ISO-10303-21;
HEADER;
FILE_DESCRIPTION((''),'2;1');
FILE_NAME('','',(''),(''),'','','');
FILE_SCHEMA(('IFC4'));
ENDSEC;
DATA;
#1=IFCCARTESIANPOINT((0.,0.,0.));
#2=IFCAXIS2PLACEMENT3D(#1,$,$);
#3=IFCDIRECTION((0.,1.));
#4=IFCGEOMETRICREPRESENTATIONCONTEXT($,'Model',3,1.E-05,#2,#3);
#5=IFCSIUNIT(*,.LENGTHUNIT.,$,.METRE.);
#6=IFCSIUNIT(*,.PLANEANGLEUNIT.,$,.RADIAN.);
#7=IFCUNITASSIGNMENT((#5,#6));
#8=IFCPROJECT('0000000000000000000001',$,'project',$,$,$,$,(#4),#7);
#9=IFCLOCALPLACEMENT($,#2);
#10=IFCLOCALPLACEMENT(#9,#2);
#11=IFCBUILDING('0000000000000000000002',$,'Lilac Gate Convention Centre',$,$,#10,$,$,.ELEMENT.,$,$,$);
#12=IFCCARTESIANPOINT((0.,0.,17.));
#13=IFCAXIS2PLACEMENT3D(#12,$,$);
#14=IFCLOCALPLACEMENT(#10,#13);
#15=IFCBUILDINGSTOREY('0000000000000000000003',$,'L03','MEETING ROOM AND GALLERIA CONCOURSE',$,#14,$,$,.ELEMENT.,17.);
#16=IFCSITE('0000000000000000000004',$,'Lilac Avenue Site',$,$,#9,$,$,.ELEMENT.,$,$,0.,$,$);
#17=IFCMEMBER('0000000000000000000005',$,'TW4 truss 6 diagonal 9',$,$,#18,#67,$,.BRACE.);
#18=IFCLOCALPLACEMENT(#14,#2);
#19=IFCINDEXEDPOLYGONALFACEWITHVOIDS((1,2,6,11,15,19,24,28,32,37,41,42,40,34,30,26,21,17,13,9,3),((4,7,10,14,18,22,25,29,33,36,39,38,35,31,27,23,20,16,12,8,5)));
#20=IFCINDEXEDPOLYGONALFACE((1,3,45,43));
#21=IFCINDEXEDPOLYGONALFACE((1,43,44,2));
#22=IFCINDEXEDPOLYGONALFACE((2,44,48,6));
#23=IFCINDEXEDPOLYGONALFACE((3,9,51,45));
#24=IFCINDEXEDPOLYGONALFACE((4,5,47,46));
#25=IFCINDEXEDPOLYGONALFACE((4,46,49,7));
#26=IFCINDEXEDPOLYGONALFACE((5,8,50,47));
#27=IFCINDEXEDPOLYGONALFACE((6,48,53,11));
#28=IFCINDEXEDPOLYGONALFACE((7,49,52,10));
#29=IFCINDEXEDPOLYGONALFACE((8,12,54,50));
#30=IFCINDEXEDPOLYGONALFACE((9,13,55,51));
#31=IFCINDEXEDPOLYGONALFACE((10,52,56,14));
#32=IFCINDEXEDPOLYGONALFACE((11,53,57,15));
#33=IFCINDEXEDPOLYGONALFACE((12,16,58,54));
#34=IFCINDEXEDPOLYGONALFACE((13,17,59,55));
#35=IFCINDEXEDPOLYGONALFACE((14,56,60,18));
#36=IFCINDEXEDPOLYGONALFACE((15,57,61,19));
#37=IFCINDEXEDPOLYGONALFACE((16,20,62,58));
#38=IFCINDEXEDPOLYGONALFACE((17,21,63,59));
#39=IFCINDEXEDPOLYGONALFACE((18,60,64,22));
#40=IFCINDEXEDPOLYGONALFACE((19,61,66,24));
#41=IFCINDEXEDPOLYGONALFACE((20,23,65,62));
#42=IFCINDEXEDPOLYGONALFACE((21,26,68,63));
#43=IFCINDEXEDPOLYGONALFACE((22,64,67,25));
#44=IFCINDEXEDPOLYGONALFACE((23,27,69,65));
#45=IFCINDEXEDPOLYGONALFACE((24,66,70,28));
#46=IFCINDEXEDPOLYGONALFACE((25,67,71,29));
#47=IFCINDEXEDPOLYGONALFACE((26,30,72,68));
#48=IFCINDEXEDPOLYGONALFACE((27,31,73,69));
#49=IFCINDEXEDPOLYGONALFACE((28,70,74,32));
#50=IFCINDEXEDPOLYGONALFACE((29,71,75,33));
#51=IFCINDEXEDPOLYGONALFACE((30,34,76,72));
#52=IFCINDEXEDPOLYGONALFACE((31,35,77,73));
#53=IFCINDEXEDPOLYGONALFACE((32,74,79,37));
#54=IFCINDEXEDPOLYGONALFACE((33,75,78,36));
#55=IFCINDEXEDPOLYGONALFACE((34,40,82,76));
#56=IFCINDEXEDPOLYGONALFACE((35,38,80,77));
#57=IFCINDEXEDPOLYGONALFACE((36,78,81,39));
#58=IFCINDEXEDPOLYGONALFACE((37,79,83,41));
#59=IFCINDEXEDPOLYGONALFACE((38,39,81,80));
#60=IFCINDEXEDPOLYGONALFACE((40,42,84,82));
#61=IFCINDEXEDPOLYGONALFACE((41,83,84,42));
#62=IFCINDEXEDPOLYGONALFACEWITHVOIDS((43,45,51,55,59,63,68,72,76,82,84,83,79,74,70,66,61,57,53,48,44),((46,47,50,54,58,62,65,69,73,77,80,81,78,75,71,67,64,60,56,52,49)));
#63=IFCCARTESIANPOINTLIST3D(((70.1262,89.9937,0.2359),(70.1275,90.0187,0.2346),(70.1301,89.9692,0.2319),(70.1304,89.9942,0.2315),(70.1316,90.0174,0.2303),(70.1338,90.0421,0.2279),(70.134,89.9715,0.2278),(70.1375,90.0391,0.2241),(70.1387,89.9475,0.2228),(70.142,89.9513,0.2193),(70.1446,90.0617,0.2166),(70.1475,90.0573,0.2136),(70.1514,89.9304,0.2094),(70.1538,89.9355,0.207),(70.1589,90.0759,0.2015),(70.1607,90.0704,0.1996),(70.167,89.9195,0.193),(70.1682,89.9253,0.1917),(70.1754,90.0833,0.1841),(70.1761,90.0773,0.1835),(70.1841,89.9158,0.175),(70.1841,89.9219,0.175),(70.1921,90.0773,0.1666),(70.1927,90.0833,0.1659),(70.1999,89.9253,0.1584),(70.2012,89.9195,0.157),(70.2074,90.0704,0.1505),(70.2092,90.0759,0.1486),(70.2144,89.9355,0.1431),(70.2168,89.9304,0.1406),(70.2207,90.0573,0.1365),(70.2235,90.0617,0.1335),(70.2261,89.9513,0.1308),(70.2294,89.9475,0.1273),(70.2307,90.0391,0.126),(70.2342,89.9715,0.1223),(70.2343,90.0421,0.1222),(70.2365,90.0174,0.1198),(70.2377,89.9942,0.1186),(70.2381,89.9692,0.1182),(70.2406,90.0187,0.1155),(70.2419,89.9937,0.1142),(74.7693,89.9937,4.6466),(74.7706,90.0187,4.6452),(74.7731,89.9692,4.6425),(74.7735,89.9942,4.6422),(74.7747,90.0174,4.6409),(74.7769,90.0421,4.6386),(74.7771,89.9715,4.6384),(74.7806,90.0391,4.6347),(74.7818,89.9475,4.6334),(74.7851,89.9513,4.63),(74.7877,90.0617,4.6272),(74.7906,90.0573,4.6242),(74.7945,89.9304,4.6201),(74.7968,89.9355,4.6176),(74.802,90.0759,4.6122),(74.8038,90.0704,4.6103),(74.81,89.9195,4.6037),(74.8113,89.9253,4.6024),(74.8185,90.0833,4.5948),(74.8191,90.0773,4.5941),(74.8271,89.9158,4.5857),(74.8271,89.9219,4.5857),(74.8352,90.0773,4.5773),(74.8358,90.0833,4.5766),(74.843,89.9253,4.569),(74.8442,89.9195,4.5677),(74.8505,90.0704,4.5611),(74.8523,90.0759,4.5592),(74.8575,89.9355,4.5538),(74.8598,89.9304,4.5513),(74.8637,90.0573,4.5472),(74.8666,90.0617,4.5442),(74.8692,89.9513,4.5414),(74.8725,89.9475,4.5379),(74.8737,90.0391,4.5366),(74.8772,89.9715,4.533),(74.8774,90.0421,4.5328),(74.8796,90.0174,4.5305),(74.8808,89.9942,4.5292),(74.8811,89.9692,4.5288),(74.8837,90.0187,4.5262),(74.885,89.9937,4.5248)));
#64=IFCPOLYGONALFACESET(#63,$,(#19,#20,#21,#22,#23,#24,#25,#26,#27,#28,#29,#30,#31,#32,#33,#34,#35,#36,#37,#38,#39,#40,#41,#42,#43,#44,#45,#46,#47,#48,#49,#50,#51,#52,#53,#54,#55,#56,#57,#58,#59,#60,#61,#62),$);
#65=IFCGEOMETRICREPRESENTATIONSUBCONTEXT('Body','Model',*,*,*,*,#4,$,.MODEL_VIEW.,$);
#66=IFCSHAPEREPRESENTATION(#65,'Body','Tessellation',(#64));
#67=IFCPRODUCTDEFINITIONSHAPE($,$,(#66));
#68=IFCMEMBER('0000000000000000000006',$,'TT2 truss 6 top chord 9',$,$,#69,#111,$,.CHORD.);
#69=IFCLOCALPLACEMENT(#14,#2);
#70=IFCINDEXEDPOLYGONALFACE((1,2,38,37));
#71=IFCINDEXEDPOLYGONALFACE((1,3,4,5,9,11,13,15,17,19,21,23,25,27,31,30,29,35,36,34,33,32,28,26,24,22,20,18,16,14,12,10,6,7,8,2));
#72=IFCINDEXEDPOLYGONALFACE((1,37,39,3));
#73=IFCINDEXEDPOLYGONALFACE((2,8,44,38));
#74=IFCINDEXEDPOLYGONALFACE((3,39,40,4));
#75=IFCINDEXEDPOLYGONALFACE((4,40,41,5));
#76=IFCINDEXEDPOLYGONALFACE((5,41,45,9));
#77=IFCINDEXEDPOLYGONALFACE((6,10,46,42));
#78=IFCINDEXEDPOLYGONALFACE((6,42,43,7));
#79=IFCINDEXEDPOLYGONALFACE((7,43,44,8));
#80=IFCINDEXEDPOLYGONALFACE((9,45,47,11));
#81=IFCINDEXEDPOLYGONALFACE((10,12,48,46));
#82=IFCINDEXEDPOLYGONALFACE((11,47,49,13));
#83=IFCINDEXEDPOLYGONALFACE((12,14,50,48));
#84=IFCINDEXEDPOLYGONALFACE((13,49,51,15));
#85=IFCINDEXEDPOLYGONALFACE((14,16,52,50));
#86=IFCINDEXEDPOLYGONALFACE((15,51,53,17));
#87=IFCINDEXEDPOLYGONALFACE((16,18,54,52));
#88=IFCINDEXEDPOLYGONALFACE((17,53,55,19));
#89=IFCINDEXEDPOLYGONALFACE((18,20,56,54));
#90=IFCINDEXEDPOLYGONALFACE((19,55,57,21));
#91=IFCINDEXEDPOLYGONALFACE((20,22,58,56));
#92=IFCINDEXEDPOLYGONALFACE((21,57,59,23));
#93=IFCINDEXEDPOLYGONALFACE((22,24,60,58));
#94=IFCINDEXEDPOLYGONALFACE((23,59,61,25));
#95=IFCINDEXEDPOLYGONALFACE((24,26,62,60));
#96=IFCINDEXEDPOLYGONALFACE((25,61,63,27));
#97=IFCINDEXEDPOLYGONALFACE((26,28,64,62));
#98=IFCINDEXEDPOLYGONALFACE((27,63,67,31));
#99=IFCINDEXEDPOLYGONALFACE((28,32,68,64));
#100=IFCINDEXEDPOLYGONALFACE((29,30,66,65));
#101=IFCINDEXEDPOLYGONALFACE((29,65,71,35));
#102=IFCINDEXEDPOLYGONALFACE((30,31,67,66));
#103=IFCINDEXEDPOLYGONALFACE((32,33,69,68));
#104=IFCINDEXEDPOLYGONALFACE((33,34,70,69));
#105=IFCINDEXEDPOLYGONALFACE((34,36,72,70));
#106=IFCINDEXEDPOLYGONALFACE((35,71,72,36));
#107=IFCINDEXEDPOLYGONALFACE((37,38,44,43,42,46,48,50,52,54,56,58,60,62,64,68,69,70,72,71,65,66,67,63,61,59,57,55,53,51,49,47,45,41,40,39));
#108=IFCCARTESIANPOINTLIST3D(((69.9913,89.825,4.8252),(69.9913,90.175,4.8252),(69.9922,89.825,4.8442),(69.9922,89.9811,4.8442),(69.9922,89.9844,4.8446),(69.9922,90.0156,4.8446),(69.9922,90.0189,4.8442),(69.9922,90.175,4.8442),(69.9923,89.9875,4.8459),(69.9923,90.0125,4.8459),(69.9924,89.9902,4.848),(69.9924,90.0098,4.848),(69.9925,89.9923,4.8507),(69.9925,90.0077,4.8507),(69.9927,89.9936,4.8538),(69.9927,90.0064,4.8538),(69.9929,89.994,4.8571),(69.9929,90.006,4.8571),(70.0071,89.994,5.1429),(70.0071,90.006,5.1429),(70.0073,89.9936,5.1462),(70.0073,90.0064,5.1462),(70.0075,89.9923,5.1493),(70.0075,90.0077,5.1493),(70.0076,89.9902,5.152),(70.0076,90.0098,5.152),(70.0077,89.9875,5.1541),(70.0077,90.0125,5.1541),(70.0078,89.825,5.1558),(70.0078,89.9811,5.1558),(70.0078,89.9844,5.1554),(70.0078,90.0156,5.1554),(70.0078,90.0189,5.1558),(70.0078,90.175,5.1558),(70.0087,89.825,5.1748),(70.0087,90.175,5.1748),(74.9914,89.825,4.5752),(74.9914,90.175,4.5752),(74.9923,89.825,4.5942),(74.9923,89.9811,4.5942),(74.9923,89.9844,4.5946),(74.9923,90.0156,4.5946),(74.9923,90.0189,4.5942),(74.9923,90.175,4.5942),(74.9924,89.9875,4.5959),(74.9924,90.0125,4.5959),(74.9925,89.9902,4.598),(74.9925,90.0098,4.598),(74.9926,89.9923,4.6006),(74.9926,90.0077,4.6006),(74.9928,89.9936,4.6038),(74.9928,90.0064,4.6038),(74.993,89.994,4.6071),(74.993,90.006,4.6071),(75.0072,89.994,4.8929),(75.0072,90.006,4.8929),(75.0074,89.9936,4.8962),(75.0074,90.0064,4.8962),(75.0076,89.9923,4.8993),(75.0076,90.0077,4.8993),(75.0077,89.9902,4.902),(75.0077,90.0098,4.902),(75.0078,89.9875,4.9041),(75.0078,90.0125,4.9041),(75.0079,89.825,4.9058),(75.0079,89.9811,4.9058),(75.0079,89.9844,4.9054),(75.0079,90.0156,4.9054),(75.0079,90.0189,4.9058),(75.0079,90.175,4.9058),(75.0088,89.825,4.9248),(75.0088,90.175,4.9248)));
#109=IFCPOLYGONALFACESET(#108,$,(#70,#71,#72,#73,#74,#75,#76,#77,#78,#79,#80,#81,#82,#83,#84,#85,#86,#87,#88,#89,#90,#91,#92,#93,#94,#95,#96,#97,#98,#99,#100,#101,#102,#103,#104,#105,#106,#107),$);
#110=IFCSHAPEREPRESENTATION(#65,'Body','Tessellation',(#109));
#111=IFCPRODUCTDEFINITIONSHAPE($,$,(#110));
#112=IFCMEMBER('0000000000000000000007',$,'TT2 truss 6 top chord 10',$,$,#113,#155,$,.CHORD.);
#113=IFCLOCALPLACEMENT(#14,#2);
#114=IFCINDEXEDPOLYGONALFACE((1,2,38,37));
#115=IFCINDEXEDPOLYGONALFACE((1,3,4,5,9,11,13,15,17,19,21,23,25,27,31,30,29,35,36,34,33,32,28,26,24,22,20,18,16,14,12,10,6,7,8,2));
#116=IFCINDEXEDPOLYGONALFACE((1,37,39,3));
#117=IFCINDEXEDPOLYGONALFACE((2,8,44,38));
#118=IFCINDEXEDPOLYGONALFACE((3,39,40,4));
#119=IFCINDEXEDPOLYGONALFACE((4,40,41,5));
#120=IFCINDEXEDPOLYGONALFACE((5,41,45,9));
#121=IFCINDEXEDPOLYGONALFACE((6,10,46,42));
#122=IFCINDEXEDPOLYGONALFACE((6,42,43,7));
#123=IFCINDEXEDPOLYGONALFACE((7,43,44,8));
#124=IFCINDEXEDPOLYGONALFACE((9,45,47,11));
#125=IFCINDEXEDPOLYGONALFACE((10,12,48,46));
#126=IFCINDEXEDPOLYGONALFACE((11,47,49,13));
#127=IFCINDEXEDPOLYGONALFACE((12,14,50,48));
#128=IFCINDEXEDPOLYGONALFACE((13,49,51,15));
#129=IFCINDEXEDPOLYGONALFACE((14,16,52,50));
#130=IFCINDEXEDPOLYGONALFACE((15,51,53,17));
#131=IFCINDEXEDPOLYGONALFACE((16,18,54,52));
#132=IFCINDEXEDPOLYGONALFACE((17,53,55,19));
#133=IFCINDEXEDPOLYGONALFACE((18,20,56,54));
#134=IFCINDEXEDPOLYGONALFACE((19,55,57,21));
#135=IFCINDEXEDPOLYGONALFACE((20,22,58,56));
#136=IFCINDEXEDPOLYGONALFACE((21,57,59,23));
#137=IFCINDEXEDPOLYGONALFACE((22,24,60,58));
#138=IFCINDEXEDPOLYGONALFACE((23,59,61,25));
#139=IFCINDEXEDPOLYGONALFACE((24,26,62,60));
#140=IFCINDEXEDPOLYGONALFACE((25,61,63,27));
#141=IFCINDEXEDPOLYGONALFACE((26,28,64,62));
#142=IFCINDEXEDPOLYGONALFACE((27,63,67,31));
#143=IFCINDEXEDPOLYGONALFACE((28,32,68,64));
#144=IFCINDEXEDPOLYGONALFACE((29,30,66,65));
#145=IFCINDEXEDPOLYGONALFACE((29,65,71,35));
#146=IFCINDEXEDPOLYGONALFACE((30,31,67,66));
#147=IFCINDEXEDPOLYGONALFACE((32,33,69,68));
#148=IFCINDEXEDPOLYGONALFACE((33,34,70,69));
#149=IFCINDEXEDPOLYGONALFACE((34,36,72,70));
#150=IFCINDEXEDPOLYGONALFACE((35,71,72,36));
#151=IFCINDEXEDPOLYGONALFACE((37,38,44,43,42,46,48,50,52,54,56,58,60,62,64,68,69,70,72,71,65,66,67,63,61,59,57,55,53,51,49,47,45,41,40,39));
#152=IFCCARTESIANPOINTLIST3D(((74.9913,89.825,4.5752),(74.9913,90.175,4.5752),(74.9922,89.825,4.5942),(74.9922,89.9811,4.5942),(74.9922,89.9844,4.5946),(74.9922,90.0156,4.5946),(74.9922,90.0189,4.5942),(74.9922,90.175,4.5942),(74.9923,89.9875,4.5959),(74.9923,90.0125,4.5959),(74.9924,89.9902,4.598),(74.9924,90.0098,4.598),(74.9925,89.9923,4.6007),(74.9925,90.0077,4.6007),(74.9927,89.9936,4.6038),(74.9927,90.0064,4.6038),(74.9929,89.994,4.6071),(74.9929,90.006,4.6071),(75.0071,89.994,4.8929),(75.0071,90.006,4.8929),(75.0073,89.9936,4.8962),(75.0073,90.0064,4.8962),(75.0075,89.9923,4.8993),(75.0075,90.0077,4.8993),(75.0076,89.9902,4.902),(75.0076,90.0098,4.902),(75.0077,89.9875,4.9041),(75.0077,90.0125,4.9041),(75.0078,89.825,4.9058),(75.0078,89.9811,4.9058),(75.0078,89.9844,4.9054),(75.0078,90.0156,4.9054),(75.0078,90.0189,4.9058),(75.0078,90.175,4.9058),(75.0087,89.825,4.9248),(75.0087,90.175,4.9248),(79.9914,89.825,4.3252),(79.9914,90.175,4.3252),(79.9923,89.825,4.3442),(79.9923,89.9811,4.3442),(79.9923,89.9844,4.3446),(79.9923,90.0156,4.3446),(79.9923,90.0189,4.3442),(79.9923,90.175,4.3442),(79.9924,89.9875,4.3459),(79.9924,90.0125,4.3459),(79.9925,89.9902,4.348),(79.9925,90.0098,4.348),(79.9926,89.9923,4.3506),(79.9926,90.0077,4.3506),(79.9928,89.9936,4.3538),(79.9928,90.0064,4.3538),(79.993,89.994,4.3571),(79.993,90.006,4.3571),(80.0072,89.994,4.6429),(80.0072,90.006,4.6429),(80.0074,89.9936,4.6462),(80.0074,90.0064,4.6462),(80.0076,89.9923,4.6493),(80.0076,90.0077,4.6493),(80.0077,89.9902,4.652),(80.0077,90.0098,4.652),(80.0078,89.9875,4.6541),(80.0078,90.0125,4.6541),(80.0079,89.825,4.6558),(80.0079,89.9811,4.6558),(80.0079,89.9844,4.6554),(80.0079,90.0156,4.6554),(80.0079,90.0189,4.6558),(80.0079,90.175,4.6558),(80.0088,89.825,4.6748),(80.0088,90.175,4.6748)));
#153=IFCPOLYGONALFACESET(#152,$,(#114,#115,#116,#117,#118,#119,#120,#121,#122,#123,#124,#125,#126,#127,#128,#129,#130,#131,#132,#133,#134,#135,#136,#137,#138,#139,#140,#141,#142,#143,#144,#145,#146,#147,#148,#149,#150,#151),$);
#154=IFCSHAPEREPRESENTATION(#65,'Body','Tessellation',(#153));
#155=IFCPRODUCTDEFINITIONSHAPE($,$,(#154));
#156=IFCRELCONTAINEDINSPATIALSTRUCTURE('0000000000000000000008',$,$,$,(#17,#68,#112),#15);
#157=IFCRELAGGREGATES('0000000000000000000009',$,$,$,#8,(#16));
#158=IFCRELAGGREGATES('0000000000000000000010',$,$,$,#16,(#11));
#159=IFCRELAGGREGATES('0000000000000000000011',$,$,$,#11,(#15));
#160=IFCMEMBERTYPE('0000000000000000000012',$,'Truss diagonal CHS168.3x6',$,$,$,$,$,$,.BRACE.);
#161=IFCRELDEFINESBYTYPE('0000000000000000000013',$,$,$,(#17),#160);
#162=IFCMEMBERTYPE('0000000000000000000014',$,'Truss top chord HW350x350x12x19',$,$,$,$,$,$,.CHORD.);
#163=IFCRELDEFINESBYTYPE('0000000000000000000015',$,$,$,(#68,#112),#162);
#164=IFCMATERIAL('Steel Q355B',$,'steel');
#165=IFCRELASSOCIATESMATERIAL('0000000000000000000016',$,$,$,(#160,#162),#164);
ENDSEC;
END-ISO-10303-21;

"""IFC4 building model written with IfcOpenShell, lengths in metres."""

from ifc_helpers import new_model, si_unit, direction, frame, origin, origin_2d, place, context, subcontext, project, spatial, hollow_circle, i_section, extrude, material, material_profile, profile_set, type_object, element, save


model = new_model("IFC4")

# Units and contexts
model_context = context("Model", 3, precision=1e-05, world=origin(), true_north=direction((0.0, 1.0)))
body_context = subcontext(model_context, "Body", "Model", "MODEL_VIEW")
ifc_project = project(units=[si_unit("LENGTHUNIT", "METRE"), si_unit("PLANEANGLEUNIT", "RADIAN")], contexts=[model_context])

# Site, building, storey
site_placement = place(None, origin())
site = spatial("IfcSite", under=ifc_project, at=site_placement, Name="Lilac Avenue Site", CompositionType="ELEMENT", RefElevation=0.0)
building_placement = place(site_placement, origin())
building = spatial("IfcBuilding", under=site, at=building_placement, Name="Lilac Gate Convention Centre", CompositionType="ELEMENT")
storey_placement = place(building_placement, frame((0.0, 0.0, 17.0)))
storey = spatial("IfcBuildingStorey", under=building, at=storey_placement, Name="L03", Description="MEETING ROOM AND GALLERIA CONCOURSE", CompositionType="ELEMENT", Elevation=17.0)

# Members
ifc_material = material(Name="Steel Q355B", Category="steel")
ifc_material_profile_1 = material_profile(ifc_material, hollow_circle(Radius=0.0842, WallThickness=0.0061, at=origin_2d()), Name="CHS168.3x6")
ifc_profile_set_1 = profile_set([ifc_material_profile_1], Name="Steel Q355B")
member_type_1 = type_object("IfcMemberType", Name="Truss diagonal CHS168.3x6", PredefinedType="BRACE", material=ifc_profile_set_1)
member_1_placement = place(storey_placement, frame((74.8271, 90.0, 4.5857), z_axis=(-0.72502, 0.0, -0.688727), x_axis=(0.0, -1.0, 0.0)))
element("IfcMember", 1, at=member_1_placement, inside=storey, type_object=member_type_1, Name="TW4 truss 6 diagonal 9", PredefinedType="BRACE", context=body_context, shape_type="SweptSolid", body=[
    extrude(hollow_circle(Radius=0.0842, WallThickness=0.0061, at=origin_2d()), origin(), (0.0, 0.0, 1.0), 6.4041),
])
ifc_material_profile_2 = material_profile(ifc_material, i_section(OverallWidth=0.3501, OverallDepth=0.3501, WebThickness=0.012, FlangeThickness=0.019, FilletRadius=0.0129, at=origin_2d()), Name="HW350x350x12x19")
ifc_profile_set_2 = profile_set([ifc_material_profile_2], Name="Steel Q355B")
member_type_2 = type_object("IfcMemberType", Name="Truss top chord HW350x350x12x19", PredefinedType="CHORD", material=ifc_profile_set_2)
for number, where, z_axis, x_axis, name in (
    (2, (70.0, 90.0, 5.0), (0.998752, 0.0, -0.049938), (0.0, 1.0, 0.0), "TT2 truss 6 top chord 9"),
    (3, (75.0, 90.0, 4.75), (0.998752, 0.0, -0.049938), (0.0, 1.0, 0.0), "TT2 truss 6 top chord 10"),
):
    element("IfcMember", number, at=place(storey_placement, frame(where, z_axis=z_axis, x_axis=x_axis)), inside=storey, type_object=member_type_2, Name=name, PredefinedType="CHORD", context=body_context, shape_type="SweptSolid", body=[
        extrude(i_section(OverallWidth=0.3501, OverallDepth=0.3501, WebThickness=0.012, FlangeThickness=0.019, FilletRadius=0.0129, at=origin_2d()), origin(), (0.0, 0.0, 1.0), 5.0063),
    ])

save(model, "model.ifc")
